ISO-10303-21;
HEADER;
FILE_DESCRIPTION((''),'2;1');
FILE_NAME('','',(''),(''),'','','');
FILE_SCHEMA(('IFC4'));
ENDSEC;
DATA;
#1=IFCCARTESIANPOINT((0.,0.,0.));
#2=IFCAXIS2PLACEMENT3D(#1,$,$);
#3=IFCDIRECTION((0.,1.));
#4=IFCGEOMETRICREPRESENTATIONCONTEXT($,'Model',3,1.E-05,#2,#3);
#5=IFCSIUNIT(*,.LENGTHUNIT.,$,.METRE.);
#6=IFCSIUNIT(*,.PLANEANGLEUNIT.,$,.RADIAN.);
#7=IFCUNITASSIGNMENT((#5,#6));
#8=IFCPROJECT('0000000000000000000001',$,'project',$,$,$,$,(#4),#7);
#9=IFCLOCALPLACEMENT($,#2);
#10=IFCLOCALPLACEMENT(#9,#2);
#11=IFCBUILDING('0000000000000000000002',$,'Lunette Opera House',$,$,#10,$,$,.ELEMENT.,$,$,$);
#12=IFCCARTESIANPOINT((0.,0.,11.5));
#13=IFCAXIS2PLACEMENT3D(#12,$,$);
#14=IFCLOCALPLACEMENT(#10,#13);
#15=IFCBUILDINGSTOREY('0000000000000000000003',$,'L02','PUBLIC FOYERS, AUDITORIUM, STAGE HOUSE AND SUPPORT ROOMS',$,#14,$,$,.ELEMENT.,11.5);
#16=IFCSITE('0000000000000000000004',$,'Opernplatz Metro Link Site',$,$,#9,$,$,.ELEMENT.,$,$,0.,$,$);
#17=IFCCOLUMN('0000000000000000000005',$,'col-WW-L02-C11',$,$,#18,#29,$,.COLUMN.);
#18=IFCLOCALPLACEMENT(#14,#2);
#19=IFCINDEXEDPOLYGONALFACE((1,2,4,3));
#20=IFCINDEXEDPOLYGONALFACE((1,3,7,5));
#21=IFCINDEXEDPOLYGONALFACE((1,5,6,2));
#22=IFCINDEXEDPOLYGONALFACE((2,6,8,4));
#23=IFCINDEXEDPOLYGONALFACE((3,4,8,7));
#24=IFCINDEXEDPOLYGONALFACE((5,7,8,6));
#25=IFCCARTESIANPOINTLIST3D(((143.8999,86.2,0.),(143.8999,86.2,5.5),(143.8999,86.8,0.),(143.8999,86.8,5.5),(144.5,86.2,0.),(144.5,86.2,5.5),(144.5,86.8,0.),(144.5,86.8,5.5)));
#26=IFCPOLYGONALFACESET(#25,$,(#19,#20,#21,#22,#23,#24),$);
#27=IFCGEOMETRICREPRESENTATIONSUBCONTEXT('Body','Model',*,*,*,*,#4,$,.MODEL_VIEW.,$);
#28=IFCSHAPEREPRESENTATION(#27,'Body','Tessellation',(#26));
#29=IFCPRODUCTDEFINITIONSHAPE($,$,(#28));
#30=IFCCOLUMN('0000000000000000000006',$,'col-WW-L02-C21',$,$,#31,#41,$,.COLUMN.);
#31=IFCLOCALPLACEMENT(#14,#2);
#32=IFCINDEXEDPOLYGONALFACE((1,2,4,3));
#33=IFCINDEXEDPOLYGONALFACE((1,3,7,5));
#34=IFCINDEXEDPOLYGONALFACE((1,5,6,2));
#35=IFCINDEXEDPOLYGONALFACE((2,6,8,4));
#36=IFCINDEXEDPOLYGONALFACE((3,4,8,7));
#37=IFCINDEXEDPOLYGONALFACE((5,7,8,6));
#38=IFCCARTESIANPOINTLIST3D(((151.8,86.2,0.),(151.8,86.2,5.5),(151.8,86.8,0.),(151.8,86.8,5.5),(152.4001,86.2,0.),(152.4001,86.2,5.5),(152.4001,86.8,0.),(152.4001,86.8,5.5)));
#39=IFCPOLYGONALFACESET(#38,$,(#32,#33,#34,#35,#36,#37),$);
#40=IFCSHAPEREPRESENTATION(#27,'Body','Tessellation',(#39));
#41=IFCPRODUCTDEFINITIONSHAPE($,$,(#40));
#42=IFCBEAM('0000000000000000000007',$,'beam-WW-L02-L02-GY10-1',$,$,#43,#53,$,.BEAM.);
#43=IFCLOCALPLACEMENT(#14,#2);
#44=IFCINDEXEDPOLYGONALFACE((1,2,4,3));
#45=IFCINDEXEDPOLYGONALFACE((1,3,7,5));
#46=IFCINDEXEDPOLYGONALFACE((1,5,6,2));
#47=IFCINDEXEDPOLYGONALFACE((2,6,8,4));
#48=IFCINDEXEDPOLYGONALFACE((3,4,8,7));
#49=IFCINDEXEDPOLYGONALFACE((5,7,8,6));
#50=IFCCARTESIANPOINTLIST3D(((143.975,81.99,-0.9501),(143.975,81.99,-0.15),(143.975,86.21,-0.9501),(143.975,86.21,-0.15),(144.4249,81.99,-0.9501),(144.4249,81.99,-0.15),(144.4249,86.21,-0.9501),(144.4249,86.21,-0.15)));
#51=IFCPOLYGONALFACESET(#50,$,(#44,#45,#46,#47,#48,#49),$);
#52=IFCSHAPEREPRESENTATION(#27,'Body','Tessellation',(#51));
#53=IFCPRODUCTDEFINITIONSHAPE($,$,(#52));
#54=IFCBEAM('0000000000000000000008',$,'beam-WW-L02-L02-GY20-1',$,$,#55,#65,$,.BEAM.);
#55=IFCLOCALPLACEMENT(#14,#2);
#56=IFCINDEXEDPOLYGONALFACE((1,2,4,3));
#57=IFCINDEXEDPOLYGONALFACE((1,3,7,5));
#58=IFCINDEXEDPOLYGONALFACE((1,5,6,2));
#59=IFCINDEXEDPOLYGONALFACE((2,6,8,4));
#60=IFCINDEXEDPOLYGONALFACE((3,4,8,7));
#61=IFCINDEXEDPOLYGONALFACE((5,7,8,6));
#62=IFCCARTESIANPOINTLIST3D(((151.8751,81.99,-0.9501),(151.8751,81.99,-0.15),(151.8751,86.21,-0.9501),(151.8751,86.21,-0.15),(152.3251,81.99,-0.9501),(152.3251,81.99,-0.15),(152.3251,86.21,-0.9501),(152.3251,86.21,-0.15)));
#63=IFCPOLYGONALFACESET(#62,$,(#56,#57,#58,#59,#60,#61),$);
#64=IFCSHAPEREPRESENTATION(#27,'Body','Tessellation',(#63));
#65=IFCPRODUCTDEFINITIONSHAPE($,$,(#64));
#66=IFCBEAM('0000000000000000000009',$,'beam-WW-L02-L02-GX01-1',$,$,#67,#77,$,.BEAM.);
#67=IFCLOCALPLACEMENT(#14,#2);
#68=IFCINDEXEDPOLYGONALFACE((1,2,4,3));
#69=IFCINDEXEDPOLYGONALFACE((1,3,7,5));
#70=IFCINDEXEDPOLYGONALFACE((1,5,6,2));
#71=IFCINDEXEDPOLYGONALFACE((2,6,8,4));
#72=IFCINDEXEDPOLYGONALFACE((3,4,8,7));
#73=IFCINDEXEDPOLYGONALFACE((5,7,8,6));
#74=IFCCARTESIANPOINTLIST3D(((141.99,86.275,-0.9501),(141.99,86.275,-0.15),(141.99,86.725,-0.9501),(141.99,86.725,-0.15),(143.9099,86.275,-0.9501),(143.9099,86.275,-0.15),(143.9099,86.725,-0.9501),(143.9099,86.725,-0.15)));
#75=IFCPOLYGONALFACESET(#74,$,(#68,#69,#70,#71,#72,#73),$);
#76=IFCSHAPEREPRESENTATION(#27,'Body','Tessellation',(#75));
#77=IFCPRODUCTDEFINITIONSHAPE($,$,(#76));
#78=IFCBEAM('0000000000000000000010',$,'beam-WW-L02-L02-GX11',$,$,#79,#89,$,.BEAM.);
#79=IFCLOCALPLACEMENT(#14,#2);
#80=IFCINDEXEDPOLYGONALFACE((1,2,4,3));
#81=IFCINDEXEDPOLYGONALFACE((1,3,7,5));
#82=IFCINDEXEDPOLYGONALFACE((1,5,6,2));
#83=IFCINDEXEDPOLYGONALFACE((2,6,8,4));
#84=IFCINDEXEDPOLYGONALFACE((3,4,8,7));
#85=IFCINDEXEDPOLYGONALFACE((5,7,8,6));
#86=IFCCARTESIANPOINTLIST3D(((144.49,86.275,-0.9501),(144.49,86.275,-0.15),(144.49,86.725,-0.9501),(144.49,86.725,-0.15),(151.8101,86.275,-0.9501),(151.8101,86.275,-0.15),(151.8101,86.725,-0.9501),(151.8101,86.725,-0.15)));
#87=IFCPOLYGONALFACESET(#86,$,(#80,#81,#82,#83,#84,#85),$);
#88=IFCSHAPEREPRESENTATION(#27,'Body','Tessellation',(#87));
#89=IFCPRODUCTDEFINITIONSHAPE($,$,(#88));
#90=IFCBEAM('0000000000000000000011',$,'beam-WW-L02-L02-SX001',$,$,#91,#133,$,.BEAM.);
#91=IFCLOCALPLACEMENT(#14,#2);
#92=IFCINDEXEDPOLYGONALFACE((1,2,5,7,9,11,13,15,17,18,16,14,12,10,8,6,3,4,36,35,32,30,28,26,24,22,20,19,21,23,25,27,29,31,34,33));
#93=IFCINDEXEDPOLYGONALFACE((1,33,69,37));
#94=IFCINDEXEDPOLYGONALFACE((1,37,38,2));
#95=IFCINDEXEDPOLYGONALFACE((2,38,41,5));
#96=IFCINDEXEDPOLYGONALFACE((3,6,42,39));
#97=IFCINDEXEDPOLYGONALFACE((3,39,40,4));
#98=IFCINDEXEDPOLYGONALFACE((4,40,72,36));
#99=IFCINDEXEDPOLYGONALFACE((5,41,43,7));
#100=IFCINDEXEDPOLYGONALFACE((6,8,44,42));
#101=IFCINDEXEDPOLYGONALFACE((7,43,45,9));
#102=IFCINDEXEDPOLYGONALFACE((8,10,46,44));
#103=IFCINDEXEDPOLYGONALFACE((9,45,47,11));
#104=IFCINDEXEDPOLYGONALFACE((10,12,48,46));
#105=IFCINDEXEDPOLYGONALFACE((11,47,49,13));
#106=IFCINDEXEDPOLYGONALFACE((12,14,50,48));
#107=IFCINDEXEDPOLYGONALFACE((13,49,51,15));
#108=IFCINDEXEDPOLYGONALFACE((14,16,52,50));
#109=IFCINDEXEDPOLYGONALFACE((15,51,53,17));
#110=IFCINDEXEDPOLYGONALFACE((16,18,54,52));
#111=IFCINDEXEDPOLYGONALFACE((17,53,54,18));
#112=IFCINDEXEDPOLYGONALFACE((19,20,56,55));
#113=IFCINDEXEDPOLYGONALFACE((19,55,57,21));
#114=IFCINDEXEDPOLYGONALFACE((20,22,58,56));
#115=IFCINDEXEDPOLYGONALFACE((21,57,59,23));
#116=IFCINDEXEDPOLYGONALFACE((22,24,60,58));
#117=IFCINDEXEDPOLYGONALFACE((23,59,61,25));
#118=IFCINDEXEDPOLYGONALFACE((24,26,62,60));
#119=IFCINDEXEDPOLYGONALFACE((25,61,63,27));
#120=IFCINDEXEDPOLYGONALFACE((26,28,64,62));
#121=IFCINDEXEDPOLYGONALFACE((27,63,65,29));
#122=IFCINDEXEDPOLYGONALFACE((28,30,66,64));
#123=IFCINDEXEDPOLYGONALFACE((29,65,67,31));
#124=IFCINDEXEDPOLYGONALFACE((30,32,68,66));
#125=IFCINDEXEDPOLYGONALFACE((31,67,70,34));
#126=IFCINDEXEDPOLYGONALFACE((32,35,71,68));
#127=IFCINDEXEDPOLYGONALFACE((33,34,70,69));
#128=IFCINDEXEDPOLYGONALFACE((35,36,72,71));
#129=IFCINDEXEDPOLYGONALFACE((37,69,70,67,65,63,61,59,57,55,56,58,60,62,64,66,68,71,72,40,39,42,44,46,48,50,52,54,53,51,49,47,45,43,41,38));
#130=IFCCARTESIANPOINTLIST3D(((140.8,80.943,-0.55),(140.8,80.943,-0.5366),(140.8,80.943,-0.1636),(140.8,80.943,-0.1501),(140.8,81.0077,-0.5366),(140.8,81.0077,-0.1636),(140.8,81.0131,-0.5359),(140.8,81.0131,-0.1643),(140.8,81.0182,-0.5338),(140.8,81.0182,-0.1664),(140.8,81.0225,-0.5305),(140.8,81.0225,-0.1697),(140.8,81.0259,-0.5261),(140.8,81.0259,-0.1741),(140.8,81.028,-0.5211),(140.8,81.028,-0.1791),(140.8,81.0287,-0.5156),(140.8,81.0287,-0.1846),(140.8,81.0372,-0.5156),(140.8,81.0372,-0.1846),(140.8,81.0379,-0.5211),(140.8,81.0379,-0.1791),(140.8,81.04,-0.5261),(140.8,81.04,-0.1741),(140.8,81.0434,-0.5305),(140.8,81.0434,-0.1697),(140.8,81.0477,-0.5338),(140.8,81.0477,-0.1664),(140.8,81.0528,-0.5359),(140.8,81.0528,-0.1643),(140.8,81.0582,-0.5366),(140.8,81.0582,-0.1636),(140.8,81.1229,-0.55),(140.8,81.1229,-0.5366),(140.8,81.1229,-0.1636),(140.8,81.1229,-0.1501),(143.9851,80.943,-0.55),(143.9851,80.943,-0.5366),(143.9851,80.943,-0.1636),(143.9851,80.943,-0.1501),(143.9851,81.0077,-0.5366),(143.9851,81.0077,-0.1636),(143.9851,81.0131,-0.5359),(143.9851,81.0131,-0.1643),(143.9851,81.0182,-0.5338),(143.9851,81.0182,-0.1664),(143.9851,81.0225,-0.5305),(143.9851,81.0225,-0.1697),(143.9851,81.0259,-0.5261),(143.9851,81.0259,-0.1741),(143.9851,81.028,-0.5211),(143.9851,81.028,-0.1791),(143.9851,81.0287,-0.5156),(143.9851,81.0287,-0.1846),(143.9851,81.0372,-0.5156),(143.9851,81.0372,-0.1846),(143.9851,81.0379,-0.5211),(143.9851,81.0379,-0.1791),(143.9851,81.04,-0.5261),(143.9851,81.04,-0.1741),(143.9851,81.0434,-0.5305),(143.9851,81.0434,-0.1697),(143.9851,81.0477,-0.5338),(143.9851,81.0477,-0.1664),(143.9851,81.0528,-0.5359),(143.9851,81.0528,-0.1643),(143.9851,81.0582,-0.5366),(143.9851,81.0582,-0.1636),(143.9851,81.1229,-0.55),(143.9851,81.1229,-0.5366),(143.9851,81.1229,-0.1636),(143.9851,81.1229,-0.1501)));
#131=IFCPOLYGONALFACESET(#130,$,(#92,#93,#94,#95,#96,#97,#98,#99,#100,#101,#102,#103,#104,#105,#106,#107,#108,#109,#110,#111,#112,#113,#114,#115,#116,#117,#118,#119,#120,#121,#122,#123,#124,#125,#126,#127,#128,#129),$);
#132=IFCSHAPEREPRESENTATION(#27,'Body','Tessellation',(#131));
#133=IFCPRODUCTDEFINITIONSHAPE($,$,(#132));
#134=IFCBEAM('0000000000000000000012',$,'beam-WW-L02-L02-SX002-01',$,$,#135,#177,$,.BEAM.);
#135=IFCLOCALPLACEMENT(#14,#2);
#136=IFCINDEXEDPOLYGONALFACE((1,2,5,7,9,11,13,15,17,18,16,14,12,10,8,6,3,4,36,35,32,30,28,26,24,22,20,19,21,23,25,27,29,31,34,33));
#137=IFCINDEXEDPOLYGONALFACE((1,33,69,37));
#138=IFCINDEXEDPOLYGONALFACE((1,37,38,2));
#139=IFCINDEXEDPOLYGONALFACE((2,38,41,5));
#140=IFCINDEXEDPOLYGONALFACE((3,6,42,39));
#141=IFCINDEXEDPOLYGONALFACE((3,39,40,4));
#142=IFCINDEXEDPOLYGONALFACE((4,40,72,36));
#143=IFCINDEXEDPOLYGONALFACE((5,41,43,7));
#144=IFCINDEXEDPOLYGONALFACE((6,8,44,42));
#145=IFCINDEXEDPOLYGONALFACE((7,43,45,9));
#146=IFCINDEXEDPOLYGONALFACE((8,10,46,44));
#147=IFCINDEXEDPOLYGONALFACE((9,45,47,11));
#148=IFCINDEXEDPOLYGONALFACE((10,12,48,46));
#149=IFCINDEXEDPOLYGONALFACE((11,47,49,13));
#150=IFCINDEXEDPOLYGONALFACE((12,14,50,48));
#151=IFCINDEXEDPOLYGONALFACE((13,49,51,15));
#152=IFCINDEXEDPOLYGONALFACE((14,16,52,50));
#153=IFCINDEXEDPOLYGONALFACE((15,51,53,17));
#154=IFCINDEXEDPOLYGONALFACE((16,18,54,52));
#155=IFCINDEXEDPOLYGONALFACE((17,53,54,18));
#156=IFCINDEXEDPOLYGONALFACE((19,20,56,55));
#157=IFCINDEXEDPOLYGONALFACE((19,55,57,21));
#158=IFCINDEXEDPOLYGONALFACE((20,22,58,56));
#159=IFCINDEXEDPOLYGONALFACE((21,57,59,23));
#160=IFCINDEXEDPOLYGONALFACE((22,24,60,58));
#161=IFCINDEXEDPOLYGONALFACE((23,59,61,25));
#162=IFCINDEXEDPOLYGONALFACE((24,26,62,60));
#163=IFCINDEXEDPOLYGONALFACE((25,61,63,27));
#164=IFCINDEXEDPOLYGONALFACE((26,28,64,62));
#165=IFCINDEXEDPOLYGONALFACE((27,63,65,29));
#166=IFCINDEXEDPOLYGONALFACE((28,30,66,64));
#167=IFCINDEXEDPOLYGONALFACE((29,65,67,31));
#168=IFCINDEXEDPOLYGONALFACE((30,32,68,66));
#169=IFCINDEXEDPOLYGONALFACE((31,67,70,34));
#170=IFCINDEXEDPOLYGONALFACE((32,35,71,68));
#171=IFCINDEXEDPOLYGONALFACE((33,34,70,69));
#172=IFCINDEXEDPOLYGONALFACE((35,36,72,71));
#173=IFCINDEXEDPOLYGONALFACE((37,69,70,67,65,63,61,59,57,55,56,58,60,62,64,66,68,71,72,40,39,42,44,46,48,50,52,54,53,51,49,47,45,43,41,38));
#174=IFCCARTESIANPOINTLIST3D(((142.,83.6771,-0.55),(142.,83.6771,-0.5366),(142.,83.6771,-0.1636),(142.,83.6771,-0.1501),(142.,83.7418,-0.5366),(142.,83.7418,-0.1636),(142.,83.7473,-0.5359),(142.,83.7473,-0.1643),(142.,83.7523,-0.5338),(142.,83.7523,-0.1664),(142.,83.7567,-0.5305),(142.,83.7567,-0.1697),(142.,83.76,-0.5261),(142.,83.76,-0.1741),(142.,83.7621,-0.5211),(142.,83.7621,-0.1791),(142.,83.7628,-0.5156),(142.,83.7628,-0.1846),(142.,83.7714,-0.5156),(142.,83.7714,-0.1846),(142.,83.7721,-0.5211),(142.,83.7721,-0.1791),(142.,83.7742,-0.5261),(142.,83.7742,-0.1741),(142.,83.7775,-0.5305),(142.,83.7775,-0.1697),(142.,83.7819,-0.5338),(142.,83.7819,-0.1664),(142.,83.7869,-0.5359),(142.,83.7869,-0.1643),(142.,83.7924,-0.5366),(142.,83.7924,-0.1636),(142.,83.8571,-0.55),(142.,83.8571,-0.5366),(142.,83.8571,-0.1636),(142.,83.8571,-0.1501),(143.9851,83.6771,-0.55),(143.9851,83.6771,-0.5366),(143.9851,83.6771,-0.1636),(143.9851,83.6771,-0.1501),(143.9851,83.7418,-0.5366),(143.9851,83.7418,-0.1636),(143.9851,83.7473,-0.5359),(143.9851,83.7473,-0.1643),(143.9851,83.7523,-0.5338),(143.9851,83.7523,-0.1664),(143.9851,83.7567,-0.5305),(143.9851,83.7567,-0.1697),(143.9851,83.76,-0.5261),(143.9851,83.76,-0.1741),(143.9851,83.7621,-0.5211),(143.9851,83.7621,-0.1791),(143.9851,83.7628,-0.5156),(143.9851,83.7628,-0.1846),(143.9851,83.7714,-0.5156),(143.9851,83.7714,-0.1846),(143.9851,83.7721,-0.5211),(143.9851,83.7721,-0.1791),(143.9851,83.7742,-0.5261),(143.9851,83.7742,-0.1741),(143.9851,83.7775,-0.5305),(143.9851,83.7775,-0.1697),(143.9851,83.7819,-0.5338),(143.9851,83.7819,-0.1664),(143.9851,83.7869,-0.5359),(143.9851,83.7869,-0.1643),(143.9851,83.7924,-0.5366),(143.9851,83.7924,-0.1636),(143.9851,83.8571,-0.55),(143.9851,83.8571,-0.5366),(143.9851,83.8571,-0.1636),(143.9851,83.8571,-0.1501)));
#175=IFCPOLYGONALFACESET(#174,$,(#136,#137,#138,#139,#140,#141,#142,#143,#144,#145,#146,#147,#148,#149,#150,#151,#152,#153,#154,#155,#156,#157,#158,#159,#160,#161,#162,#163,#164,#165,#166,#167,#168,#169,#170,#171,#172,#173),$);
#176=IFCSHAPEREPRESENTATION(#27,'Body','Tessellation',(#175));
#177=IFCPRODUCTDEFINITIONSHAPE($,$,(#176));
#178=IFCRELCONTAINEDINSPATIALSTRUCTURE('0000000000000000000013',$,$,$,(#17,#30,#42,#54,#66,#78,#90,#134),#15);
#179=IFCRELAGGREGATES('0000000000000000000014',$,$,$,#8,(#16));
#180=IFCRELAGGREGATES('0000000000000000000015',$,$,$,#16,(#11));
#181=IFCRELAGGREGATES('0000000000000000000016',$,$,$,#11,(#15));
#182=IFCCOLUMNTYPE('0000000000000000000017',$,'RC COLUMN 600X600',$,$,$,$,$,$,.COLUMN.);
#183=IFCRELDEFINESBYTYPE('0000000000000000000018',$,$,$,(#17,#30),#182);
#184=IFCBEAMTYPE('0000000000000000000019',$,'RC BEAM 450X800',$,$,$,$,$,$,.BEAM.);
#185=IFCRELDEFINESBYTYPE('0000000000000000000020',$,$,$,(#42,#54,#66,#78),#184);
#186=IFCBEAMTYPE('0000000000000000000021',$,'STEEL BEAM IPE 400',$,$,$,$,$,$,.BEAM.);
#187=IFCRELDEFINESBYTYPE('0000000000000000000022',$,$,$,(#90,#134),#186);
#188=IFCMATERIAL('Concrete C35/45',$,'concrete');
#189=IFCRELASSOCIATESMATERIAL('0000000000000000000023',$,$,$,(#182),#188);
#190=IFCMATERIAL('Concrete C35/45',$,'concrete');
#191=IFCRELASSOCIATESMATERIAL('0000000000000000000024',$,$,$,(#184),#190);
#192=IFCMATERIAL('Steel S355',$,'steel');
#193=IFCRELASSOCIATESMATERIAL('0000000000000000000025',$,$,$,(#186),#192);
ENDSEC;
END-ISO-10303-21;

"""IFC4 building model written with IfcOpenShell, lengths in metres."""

from ifc_helpers import new_model, si_unit, direction, frame, origin, origin_2d, place, context, subcontext, project, spatial, rectangle, i_section, extrude, material, material_profile, profile_set, type_object, element, save


model = new_model("IFC4")

# Units and contexts
model_context = context("Model", 3, precision=1e-05, world=origin(), true_north=direction((0.0, 1.0)))
body_context = subcontext(model_context, "Body", "Model", "MODEL_VIEW")
ifc_project = project(units=[si_unit("LENGTHUNIT", "METRE"), si_unit("PLANEANGLEUNIT", "RADIAN")], contexts=[model_context])

# Site, building, storey
site_placement = place(None, origin())
site = spatial("IfcSite", under=ifc_project, at=site_placement, Name="Opernplatz Metro Link Site", CompositionType="ELEMENT", RefElevation=0.0)
building_placement = place(site_placement, origin())
building = spatial("IfcBuilding", under=site, at=building_placement, Name="Lunette Opera House", CompositionType="ELEMENT")
storey_placement = place(building_placement, frame((0.0, 0.0, 11.5)))
storey = spatial("IfcBuildingStorey", under=building, at=storey_placement, Name="L02", Description="PUBLIC FOYERS, AUDITORIUM, STAGE HOUSE AND SUPPORT ROOMS", CompositionType="ELEMENT", Elevation=11.5)

# Columns
ifc_material_1 = material(Name="Concrete C35/45", Category="concrete")
ifc_material_profile_1 = material_profile(ifc_material_1, rectangle(XDim=0.6001, YDim=0.6001, at=origin_2d()), Name="RC COLUMN 600X600")
ifc_profile_set_1 = profile_set([ifc_material_profile_1], Name="Concrete C35/45")
column_type = type_object("IfcColumnType", Name="RC COLUMN 600X600", PredefinedType="COLUMN", material=ifc_profile_set_1)
for number, where, z_axis, x_axis, name in (
    (1, (144.2, 86.5, 0.0), (0.0, 0.0, 1.0), (1.0, 0.0, 0.0), "col-WW-L02-C11"),
    (2, (152.1001, 86.5, 0.0), (0.0, 0.0, 1.0), (1.0, 0.0, 0.0), "col-WW-L02-C21"),
):
    element("IfcColumn", number, at=place(storey_placement, frame(where, z_axis=z_axis, x_axis=x_axis)), inside=storey, type_object=column_type, Name=name, PredefinedType="COLUMN", context=body_context, shape_type="SweptSolid", body=[
        extrude(rectangle(XDim=0.6001, YDim=0.6001, at=origin_2d()), origin(), (0.0, 0.0, 1.0), 5.5),
    ])

# Beams
ifc_material_2 = material(Name="Concrete C35/45", Category="concrete")
ifc_material_profile_2 = material_profile(ifc_material_2, rectangle(XDim=0.45, YDim=0.8, at=origin_2d()), Name="RC BEAM 450X800")
ifc_profile_set_2 = profile_set([ifc_material_profile_2], Name="Concrete C35/45")
beam_type_1 = type_object("IfcBeamType", Name="RC BEAM 450X800", PredefinedType="BEAM", material=ifc_profile_set_2)
for number, where, z_axis, x_axis, name in (
    (3, (144.2, 81.99, -0.55), (0.0, 1.0, 0.0), (-1.0, 0.0, 0.0), "beam-WW-L02-L02-GY10-1"),
    (4, (152.1001, 81.99, -0.55), (0.0, 1.0, 0.0), (-1.0, 0.0, 0.0), "beam-WW-L02-L02-GY20-1"),
):
    element("IfcBeam", number, at=place(storey_placement, frame(where, z_axis=z_axis, x_axis=x_axis)), inside=storey, type_object=beam_type_1, Name=name, PredefinedType="BEAM", context=body_context, shape_type="SweptSolid", body=[
        extrude(rectangle(XDim=0.45, YDim=0.8, at=origin_2d()), origin(), (0.0, 0.0, 1.0), 4.22),
    ])
beam_1_placement = place(storey_placement, frame((141.99, 86.5, -0.55), z_axis=(1.0, 0.0, 0.0), x_axis=(0.0, 1.0, 0.0)))
element("IfcBeam", 5, at=beam_1_placement, inside=storey, type_object=beam_type_1, Name="beam-WW-L02-L02-GX01-1", PredefinedType="BEAM", context=body_context, shape_type="SweptSolid", body=[
    extrude(rectangle(XDim=0.45, YDim=0.8, at=origin_2d()), origin(), (0.0, 0.0, 1.0), 1.9199),
])
beam_2_placement = place(storey_placement, frame((144.49, 86.5, -0.55), z_axis=(1.0, 0.0, 0.0), x_axis=(0.0, 1.0, 0.0)))
element("IfcBeam", 6, at=beam_2_placement, inside=storey, type_object=beam_type_1, Name="beam-WW-L02-L02-GX11", PredefinedType="BEAM", context=body_context, shape_type="SweptSolid", body=[
    extrude(rectangle(XDim=0.45, YDim=0.8, at=origin_2d()), origin(), (0.0, 0.0, 1.0), 7.3201),
])
ifc_material_3 = material(Name="Steel S355", Category="steel")
ifc_material_profile_3 = material_profile(ifc_material_3, i_section(OverallWidth=0.1799, OverallDepth=0.3999, WebThickness=0.0085, FlangeThickness=0.0134, FilletRadius=0.021, at=origin_2d()), Name="IPE 400")
ifc_profile_set_3 = profile_set([ifc_material_profile_3], Name="Steel S355")
beam_type_2 = type_object("IfcBeamType", Name="STEEL BEAM IPE 400", PredefinedType="BEAM", material=ifc_profile_set_3)
beam_3_placement = place(storey_placement, frame((140.8, 81.033, -0.3501), z_axis=(1.0, 0.0, 0.0), x_axis=(0.0, 1.0, 0.0)))
element("IfcBeam", 7, at=beam_3_placement, inside=storey, type_object=beam_type_2, Name="beam-WW-L02-L02-SX001", PredefinedType="BEAM", context=body_context, shape_type="SweptSolid", body=[
    extrude(i_section(OverallWidth=0.1799, OverallDepth=0.3999, WebThickness=0.0085, FlangeThickness=0.0134, FilletRadius=0.021, at=origin_2d()), origin(), (0.0, 0.0, 1.0), 3.1851),
])
beam_4_placement = place(storey_placement, frame((142.0, 83.7671, -0.3501), z_axis=(1.0, 0.0, 0.0), x_axis=(0.0, 1.0, 0.0)))
element("IfcBeam", 8, at=beam_4_placement, inside=storey, type_object=beam_type_2, Name="beam-WW-L02-L02-SX002-01", PredefinedType="BEAM", context=body_context, shape_type="SweptSolid", body=[
    extrude(i_section(OverallWidth=0.1799, OverallDepth=0.3999, WebThickness=0.0085, FlangeThickness=0.0134, FilletRadius=0.021, at=origin_2d()), origin(), (0.0, 0.0, 1.0), 1.9851),
])

save(model, "model.ifc")
